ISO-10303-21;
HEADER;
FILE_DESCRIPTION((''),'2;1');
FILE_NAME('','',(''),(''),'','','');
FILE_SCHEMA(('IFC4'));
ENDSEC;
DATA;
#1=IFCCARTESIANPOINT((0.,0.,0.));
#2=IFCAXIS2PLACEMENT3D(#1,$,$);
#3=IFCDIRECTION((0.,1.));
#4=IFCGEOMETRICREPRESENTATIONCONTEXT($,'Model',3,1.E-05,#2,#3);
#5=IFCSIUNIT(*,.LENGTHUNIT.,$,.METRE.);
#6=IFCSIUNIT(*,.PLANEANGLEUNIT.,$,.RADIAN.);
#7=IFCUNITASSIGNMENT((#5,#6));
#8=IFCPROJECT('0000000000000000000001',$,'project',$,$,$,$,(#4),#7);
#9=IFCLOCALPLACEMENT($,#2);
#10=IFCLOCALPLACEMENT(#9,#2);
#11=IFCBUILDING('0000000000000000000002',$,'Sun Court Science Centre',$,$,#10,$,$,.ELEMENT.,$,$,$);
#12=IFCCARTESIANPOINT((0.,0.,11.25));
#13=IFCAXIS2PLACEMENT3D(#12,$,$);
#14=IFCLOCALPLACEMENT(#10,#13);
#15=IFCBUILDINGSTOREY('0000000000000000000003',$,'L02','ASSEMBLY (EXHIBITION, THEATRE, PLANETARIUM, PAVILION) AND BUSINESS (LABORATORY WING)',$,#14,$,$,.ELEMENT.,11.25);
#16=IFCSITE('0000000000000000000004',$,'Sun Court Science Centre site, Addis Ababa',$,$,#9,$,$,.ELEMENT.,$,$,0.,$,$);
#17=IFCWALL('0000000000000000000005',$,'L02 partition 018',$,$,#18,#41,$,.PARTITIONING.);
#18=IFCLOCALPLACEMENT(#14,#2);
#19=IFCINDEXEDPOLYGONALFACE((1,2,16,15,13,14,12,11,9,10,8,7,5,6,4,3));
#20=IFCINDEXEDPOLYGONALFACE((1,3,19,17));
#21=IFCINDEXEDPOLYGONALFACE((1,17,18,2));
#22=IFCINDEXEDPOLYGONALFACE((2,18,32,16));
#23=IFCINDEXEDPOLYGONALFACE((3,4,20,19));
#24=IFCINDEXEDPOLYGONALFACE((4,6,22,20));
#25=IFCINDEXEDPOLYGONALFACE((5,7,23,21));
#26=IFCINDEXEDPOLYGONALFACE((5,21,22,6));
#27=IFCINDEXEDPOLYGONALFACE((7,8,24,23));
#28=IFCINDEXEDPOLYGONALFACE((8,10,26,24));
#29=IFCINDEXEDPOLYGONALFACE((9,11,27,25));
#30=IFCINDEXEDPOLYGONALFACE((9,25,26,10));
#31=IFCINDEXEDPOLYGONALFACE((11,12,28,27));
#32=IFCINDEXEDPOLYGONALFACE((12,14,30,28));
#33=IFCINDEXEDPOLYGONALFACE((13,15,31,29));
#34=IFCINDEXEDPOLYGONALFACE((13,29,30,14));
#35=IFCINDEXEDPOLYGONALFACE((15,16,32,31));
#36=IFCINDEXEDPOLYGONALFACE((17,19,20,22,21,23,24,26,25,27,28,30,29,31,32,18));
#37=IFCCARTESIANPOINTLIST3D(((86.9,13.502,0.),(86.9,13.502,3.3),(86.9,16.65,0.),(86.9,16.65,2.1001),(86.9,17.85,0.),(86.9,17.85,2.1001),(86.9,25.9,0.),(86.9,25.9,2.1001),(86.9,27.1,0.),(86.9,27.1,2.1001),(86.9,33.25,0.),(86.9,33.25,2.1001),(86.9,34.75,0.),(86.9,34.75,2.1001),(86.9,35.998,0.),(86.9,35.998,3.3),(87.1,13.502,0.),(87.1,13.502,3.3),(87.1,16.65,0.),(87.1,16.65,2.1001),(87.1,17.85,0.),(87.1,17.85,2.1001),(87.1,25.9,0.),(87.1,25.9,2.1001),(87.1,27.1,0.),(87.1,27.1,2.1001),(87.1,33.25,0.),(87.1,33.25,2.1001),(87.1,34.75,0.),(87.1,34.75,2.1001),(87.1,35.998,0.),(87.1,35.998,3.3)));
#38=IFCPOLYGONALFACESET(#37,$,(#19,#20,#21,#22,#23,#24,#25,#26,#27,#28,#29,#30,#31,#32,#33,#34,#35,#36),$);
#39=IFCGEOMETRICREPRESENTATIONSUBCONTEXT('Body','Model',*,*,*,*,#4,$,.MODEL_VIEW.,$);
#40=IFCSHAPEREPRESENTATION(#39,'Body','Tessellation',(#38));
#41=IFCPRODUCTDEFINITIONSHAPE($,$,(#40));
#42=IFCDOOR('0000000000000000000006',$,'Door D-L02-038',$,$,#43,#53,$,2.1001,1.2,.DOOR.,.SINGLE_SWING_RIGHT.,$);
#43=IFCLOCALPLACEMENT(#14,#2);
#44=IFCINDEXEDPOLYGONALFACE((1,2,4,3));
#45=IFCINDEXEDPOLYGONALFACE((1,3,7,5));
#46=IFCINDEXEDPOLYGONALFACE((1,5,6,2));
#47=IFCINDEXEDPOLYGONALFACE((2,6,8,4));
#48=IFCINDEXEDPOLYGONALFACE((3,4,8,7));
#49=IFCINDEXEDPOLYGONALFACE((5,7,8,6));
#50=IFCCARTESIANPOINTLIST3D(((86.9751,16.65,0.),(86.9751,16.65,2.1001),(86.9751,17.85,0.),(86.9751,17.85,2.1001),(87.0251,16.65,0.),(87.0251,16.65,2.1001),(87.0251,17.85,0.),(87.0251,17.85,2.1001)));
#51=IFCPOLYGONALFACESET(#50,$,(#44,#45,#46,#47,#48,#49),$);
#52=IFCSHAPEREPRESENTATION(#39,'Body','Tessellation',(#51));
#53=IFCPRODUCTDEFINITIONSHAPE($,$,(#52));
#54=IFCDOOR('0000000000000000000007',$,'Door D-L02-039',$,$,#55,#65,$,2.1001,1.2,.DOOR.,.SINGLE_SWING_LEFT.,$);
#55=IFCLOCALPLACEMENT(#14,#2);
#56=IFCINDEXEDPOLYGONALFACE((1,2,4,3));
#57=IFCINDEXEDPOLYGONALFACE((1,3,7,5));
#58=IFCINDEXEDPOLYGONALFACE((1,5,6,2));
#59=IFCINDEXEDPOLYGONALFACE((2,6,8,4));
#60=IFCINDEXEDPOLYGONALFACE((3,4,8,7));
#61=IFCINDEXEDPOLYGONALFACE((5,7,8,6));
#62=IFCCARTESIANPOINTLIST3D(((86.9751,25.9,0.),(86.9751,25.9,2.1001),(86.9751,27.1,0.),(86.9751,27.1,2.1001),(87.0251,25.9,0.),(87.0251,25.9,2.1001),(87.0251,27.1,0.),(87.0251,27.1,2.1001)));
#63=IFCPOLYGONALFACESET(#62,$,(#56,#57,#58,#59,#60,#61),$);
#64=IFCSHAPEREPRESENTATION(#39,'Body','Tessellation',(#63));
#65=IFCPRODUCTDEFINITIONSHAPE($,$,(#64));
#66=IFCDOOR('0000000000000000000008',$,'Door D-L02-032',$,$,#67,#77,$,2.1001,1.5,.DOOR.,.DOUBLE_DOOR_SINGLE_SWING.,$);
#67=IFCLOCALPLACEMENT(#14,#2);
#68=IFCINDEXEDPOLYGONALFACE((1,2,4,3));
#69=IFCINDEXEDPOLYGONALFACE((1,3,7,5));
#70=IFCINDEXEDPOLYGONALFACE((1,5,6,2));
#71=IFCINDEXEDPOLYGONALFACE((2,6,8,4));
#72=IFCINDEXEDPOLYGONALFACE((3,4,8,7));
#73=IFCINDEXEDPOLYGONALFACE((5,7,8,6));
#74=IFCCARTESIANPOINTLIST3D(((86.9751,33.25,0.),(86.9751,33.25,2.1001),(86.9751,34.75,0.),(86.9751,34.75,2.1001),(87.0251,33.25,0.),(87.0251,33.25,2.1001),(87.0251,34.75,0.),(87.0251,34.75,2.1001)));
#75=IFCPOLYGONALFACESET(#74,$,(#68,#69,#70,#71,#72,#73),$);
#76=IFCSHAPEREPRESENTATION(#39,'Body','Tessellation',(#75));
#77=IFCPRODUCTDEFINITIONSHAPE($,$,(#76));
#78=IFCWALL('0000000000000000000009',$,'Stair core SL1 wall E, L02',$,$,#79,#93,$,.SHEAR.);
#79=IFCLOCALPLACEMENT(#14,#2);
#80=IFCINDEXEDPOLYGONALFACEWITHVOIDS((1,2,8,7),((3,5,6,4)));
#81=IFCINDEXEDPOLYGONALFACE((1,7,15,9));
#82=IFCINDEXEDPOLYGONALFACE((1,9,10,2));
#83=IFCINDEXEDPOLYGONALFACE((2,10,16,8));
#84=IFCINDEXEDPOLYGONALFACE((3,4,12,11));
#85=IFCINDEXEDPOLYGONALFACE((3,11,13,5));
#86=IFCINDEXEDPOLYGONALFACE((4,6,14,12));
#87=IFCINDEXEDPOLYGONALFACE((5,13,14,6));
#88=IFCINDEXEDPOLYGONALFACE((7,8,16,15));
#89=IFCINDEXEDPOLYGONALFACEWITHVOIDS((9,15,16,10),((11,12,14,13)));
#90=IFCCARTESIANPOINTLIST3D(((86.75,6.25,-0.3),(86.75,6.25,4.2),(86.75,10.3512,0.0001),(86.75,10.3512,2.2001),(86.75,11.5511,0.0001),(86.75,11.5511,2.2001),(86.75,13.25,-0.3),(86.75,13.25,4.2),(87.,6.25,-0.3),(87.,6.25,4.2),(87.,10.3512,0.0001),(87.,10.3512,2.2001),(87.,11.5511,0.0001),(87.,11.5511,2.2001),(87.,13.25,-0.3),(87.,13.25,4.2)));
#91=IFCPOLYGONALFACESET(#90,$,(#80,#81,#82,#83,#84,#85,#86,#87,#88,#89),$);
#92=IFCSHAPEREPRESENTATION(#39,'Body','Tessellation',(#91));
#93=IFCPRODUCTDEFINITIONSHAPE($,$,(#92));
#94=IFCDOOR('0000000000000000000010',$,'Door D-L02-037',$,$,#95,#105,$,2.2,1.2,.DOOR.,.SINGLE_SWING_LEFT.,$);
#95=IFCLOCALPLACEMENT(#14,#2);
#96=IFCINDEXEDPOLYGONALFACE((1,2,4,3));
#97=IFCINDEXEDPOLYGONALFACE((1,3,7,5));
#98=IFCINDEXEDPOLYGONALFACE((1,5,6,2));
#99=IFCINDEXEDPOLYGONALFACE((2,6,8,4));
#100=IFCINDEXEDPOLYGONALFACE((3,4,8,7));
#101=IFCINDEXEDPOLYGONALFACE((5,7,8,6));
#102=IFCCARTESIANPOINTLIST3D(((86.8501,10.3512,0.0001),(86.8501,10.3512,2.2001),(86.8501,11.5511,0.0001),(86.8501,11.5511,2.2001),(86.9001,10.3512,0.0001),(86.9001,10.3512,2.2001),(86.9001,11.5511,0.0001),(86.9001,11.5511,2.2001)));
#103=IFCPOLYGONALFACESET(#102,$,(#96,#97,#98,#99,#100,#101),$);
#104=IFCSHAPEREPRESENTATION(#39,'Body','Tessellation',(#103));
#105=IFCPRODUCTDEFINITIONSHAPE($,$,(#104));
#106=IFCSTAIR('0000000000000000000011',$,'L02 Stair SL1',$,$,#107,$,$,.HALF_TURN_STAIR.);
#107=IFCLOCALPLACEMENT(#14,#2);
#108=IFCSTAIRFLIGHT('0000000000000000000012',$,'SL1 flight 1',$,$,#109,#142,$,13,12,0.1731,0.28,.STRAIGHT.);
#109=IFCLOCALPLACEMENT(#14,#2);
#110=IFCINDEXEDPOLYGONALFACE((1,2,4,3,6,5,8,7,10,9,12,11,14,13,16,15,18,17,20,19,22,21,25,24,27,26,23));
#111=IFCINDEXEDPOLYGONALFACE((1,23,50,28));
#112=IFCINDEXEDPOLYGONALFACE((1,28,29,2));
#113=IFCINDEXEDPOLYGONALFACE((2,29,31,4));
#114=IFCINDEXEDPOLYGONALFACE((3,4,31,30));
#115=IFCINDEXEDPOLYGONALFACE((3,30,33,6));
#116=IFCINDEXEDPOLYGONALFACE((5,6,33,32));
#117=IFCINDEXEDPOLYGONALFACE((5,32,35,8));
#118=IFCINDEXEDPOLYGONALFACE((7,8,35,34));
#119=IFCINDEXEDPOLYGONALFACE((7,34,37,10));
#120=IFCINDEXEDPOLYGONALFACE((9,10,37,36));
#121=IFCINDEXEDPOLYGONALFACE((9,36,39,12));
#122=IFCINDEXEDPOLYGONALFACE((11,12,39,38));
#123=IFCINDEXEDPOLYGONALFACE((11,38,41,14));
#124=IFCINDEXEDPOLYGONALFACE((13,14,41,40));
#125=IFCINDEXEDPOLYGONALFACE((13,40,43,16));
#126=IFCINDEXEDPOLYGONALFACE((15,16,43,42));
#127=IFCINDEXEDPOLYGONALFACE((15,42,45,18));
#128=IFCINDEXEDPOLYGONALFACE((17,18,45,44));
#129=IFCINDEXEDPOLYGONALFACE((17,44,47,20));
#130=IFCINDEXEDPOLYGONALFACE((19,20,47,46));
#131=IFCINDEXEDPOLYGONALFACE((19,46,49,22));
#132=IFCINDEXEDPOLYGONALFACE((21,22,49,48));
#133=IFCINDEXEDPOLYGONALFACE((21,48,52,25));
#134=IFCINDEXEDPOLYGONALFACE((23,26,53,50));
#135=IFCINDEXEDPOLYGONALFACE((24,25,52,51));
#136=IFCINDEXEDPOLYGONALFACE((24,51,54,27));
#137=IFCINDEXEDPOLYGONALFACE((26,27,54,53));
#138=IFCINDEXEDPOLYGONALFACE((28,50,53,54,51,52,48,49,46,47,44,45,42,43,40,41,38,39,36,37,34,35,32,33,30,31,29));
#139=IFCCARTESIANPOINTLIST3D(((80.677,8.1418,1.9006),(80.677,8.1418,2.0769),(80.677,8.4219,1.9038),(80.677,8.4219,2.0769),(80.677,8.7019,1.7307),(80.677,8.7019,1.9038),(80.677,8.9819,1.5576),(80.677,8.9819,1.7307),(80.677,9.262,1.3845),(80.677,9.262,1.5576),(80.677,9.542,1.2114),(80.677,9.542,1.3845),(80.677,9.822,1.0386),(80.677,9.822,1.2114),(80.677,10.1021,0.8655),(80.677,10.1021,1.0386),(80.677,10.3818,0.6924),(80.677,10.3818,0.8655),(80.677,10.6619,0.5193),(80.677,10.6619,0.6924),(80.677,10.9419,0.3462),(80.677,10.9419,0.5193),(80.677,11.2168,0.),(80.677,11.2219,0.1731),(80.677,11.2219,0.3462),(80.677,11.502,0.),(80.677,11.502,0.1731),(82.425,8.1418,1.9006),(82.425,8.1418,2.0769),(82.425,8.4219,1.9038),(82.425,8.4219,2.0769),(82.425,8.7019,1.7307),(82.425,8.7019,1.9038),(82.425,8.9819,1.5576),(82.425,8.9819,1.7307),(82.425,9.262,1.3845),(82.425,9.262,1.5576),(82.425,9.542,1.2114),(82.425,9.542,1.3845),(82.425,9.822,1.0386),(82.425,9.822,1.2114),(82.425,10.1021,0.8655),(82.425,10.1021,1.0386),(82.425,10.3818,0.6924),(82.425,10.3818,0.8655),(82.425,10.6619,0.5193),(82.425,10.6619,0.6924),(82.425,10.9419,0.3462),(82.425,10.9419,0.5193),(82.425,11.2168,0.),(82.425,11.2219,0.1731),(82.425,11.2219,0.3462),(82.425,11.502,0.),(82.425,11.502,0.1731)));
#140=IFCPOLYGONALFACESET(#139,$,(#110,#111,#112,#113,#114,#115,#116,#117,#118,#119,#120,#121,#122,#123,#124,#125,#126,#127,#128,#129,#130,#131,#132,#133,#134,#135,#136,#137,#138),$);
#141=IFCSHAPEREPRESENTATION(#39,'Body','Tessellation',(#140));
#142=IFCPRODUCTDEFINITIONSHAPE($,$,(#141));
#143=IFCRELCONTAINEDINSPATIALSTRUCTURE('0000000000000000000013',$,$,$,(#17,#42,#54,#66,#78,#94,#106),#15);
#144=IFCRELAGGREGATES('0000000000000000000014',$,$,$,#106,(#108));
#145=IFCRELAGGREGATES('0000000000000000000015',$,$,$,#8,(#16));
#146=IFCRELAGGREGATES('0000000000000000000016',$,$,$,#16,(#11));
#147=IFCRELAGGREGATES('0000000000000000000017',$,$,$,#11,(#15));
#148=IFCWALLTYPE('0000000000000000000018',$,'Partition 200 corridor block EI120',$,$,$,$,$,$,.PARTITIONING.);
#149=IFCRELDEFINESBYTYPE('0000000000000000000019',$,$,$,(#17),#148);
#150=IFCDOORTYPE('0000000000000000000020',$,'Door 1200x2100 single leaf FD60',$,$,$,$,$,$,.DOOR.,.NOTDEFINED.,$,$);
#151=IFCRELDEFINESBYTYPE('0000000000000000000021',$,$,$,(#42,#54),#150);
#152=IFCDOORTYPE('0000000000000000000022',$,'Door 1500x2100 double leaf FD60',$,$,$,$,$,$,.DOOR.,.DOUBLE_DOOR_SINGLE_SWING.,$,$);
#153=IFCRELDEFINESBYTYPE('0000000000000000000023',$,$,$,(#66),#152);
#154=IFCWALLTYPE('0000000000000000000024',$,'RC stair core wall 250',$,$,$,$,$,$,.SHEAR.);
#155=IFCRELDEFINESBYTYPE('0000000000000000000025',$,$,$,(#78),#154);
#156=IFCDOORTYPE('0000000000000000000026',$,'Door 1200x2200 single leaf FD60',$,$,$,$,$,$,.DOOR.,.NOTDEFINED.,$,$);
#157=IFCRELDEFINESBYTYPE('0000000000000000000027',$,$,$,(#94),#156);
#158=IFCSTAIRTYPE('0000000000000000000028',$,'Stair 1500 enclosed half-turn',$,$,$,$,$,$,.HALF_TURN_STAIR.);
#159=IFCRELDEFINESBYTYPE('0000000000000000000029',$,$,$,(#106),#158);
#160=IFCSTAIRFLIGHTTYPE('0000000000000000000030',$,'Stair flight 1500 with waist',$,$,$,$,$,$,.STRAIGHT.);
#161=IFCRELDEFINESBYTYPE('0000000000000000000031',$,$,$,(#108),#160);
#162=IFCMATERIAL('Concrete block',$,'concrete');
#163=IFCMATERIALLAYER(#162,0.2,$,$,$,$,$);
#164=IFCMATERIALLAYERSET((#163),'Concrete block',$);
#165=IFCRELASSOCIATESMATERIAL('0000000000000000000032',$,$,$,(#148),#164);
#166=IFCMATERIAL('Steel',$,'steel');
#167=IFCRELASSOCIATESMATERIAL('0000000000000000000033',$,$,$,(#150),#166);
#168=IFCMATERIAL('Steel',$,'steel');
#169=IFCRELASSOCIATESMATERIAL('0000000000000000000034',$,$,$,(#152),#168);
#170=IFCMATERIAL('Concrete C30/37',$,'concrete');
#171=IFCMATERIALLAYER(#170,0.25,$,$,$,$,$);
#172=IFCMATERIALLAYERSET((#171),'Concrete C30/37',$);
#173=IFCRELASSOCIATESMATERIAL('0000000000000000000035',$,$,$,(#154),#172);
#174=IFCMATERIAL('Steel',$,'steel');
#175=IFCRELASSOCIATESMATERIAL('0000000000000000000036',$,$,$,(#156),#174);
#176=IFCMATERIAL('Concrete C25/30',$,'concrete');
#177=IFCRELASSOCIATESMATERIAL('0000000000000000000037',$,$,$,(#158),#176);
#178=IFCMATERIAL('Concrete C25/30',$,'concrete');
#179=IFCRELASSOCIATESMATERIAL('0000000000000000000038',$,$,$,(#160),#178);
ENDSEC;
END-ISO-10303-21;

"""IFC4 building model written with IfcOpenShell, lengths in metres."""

from ifc_helpers import new_model, si_unit, direction, frame, frame_2d, origin, place, context, subcontext, project, spatial, polyline, rectangle, outline, extrude, material, layer, layer_set, type_object, element, fill, aggregate, save


model = new_model("IFC4")

# Units and contexts
model_context = context("Model", 3, precision=1e-05, world=origin(), true_north=direction((0.0, 1.0)))
body_context = subcontext(model_context, "Body", "Model", "MODEL_VIEW")
ifc_project = project(units=[si_unit("LENGTHUNIT", "METRE"), si_unit("PLANEANGLEUNIT", "RADIAN")], contexts=[model_context])

# Site, building, storey
site_placement = place(None, origin())
site = spatial("IfcSite", under=ifc_project, at=site_placement, Name="Sun Court Science Centre site, Addis Ababa", CompositionType="ELEMENT", RefElevation=0.0)
building_placement = place(site_placement, origin())
building = spatial("IfcBuilding", under=site, at=building_placement, Name="Sun Court Science Centre", CompositionType="ELEMENT")
storey_placement = place(building_placement, frame((0.0, 0.0, 11.25)))
storey = spatial("IfcBuildingStorey", under=building, at=storey_placement, Name="L02", Description="ASSEMBLY (EXHIBITION, THEATRE, PLANETARIUM, PAVILION) AND BUSINESS (LABORATORY WING)", CompositionType="ELEMENT", Elevation=11.25)

# Wall, openings, doors
ifc_material_1 = material(Name="Concrete block", Category="concrete")
ifc_layer_1 = layer(ifc_material_1, 0.2)
ifc_layer_set_1 = layer_set([ifc_layer_1], Name="Concrete block")
wall_type_1 = type_object("IfcWallType", Name="Partition 200 corridor block EI120", PredefinedType="PARTITIONING", material=ifc_layer_set_1)
wall_1_placement = place(storey_placement, frame((87.0, 13.502, 0.0), z_axis=(0.0, 0.0, 1.0), x_axis=(0.0, 1.0, 0.0)))
wall_1 = element("IfcWall", 1, at=wall_1_placement, inside=storey, type_object=wall_type_1, Name="L02 partition 018", PredefinedType="PARTITIONING", context=body_context, shape_type="SweptSolid", body=[
    extrude(rectangle(XDim=22.4961, YDim=0.2, at=frame_2d((11.248, 0.0))), origin(), (0.0, 0.0, 1.0), 3.3),
])
opening_1_placement = place(wall_1_placement, frame((19.748, 0.0, 0.0)))
opening_1 = element("IfcOpeningElement", 2, at=opening_1_placement, cuts=wall_1, PredefinedType="OPENING", context=body_context, shape_type="SweptSolid", body=[
    extrude(rectangle(XDim=1.5, YDim=2.1001, at=frame_2d((0.75, 1.05))), frame((0.0, 0.1099, 0.0), z_axis=(0.0, -1.0, 0.0), x_axis=(1.0, 0.0, 0.0)), (0.0, 0.0, 1.0), 0.22),
])
opening_2_placement = place(wall_1_placement, frame((3.1479, 0.0, 0.0)))
opening_2 = element("IfcOpeningElement", 3, at=opening_2_placement, cuts=wall_1, PredefinedType="OPENING", context=body_context, shape_type="SweptSolid", body=[
    extrude(rectangle(XDim=1.2, YDim=2.1001, at=frame_2d((0.6001, 1.05))), frame((0.0, 0.1099, 0.0), z_axis=(0.0, -1.0, 0.0), x_axis=(1.0, 0.0, 0.0)), (0.0, 0.0, 1.0), 0.22),
])
opening_3_placement = place(wall_1_placement, frame((12.3979, 0.0, 0.0)))
opening_3 = element("IfcOpeningElement", 4, at=opening_3_placement, cuts=wall_1, PredefinedType="OPENING", context=body_context, shape_type="SweptSolid", body=[
    extrude(rectangle(XDim=1.2, YDim=2.1001, at=frame_2d((0.6001, 1.05))), frame((0.0, 0.1099, 0.0), z_axis=(0.0, -1.0, 0.0), x_axis=(1.0, 0.0, 0.0)), (0.0, 0.0, 1.0), 0.22),
])
ifc_material_2 = material(Name="Steel", Category="steel")
door_type_1 = type_object("IfcDoorType", Name="Door 1200x2100 single leaf FD60", OperationType="NOTDEFINED", PredefinedType="DOOR", material=ifc_material_2)
door_1_placement = place(opening_2_placement, origin())
door_1 = element("IfcDoor", 5, at=door_1_placement, inside=storey, type_object=door_type_1, Name="Door D-L02-038", OperationType="SINGLE_SWING_RIGHT", OverallHeight=2.1001, OverallWidth=1.2, PredefinedType="DOOR", context=body_context, shape_type="SweptSolid", body=[
    extrude(rectangle(XDim=1.2, YDim=2.1001, at=frame_2d((0.6001, 1.05))), frame((0.0, 0.0249, 0.0), z_axis=(0.0, -1.0, 0.0), x_axis=(1.0, 0.0, 0.0)), (0.0, 0.0, 1.0), 0.05),
])
fill(opening_2, door_1)
door_2_placement = place(opening_3_placement, origin())
door_2 = element("IfcDoor", 6, at=door_2_placement, inside=storey, type_object=door_type_1, Name="Door D-L02-039", OperationType="SINGLE_SWING_LEFT", OverallHeight=2.1001, OverallWidth=1.2, PredefinedType="DOOR", context=body_context, shape_type="SweptSolid", body=[
    extrude(rectangle(XDim=1.2, YDim=2.1001, at=frame_2d((0.6001, 1.05))), frame((0.0, 0.0249, 0.0), z_axis=(0.0, -1.0, 0.0), x_axis=(1.0, 0.0, 0.0)), (0.0, 0.0, 1.0), 0.05),
])
fill(opening_3, door_2)
ifc_material_3 = material(Name="Steel", Category="steel")
door_type_2 = type_object("IfcDoorType", Name="Door 1500x2100 double leaf FD60", OperationType="DOUBLE_DOOR_SINGLE_SWING", PredefinedType="DOOR", material=ifc_material_3)
door_3_placement = place(opening_1_placement, origin())
door_3 = element("IfcDoor", 7, at=door_3_placement, inside=storey, type_object=door_type_2, Name="Door D-L02-032", OperationType="DOUBLE_DOOR_SINGLE_SWING", OverallHeight=2.1001, OverallWidth=1.5, PredefinedType="DOOR", context=body_context, shape_type="SweptSolid", body=[
    extrude(rectangle(XDim=1.5, YDim=2.1001, at=frame_2d((0.75, 1.05))), frame((0.0, 0.0249, 0.0), z_axis=(0.0, -1.0, 0.0), x_axis=(1.0, 0.0, 0.0)), (0.0, 0.0, 1.0), 0.05),
])
fill(opening_1, door_3)

# Wall, opening, door
ifc_material_4 = material(Name="Concrete C30/37", Category="concrete")
ifc_layer_2 = layer(ifc_material_4, 0.25)
ifc_layer_set_2 = layer_set([ifc_layer_2], Name="Concrete C30/37")
wall_type_2 = type_object("IfcWallType", Name="RC stair core wall 250", PredefinedType="SHEAR", material=ifc_layer_set_2)
wall_2_placement = place(storey_placement, frame((86.875, 6.25, -0.3), z_axis=(0.0, 0.0, 1.0), x_axis=(0.0, 1.0, 0.0)))
wall_2 = element("IfcWall", 8, at=wall_2_placement, inside=storey, type_object=wall_type_2, Name="Stair core SL1 wall E, L02", PredefinedType="SHEAR", context=body_context, shape_type="SweptSolid", body=[
    extrude(rectangle(XDim=7.0, YDim=0.25, at=frame_2d((3.5, 0.0))), origin(), (0.0, 0.0, 1.0), 4.5),
])
opening_4_placement = place(wall_2_placement, frame((4.1011, 0.0, 0.3)))
opening_4 = element("IfcOpeningElement", 9, at=opening_4_placement, cuts=wall_2, PredefinedType="OPENING", context=body_context, shape_type="SweptSolid", body=[
    extrude(rectangle(XDim=1.2, YDim=2.2, at=frame_2d((0.6001, 1.1001))), frame((0.0, 0.135, 0.0), z_axis=(0.0, -1.0, 0.0), x_axis=(1.0, 0.0, 0.0)), (0.0, 0.0, 1.0), 0.27),
])
ifc_material_5 = material(Name="Steel", Category="steel")
door_type_3 = type_object("IfcDoorType", Name="Door 1200x2200 single leaf FD60", OperationType="NOTDEFINED", PredefinedType="DOOR", material=ifc_material_5)
door_4_placement = place(opening_4_placement, origin())
door_4 = element("IfcDoor", 10, at=door_4_placement, inside=storey, type_object=door_type_3, Name="Door D-L02-037", OperationType="SINGLE_SWING_LEFT", OverallHeight=2.2, OverallWidth=1.2, PredefinedType="DOOR", context=body_context, shape_type="SweptSolid", body=[
    extrude(rectangle(XDim=1.2, YDim=2.2, at=frame_2d((0.6001, 1.1001))), frame((0.0, 0.0249, 0.0), z_axis=(0.0, -1.0, 0.0), x_axis=(1.0, 0.0, 0.0)), (0.0, 0.0, 1.0), 0.05),
])
fill(opening_4, door_4)

# Stair, stair flight
ifc_material_6 = material(Name="Concrete C25/30", Category="concrete")
stair_type = type_object("IfcStairType", Name="Stair 1500 enclosed half-turn", PredefinedType="HALF_TURN_STAIR", material=ifc_material_6)
stair_placement = place(storey_placement, origin())
stair = element("IfcStair", 11, at=stair_placement, inside=storey, type_object=stair_type, Name="L02 Stair SL1", PredefinedType="HALF_TURN_STAIR")
ifc_material_7 = material(Name="Concrete C25/30", Category="concrete")
stair_flight_type = type_object("IfcStairFlightType", Name="Stair flight 1500 with waist", PredefinedType="STRAIGHT", material=ifc_material_7)
stair_flight_1_placement = place(storey_placement, frame((81.551, 11.502, 0.0), z_axis=(0.0, 0.0, 1.0), x_axis=(0.0, -1.0, 0.0)))
stair_flight_1 = element("IfcStairFlight", 12, at=stair_flight_1_placement, type_object=stair_flight_type, Name="SL1 flight 1", NumberOfRisers=13, NumberOfTreads=12, PredefinedType="STRAIGHT", RiserHeight=0.1731, TreadLength=0.28, context=body_context, shape_type="SweptSolid", body=[
    extrude(outline(polyline([(0.0, 0.0), (0.0, 0.1731), (0.28, 0.1731), (0.28, 0.3462), (0.5601, 0.3462), (0.5601, 0.5193), (0.8401, 0.5193), (0.8401, 0.6924), (1.1201, 0.6924), (1.1201, 0.8655), (1.3999, 0.8655), (1.3999, 1.0386), (1.6799, 1.0386), (1.6799, 1.2114), (1.96, 1.2114), (1.96, 1.3845), (2.24, 1.3845), (2.24, 1.5576), (2.52, 1.5576), (2.52, 1.7307), (2.8, 1.7307), (2.8, 1.9038), (3.0801, 1.9038), (3.0801, 2.0769), (3.3601, 2.0769), (3.3601, 2.25), (3.3601, 1.9006), (0.2852, 0.0), (0.0, 0.0)])), frame((0.0, 0.874, 0.0), z_axis=(0.0, -1.0, 0.0), x_axis=(1.0, 0.0, 0.0)), (0.0, 0.0, 1.0), 1.748),
])
aggregate(stair, [stair_flight_1])

save(model, "model.ifc")
